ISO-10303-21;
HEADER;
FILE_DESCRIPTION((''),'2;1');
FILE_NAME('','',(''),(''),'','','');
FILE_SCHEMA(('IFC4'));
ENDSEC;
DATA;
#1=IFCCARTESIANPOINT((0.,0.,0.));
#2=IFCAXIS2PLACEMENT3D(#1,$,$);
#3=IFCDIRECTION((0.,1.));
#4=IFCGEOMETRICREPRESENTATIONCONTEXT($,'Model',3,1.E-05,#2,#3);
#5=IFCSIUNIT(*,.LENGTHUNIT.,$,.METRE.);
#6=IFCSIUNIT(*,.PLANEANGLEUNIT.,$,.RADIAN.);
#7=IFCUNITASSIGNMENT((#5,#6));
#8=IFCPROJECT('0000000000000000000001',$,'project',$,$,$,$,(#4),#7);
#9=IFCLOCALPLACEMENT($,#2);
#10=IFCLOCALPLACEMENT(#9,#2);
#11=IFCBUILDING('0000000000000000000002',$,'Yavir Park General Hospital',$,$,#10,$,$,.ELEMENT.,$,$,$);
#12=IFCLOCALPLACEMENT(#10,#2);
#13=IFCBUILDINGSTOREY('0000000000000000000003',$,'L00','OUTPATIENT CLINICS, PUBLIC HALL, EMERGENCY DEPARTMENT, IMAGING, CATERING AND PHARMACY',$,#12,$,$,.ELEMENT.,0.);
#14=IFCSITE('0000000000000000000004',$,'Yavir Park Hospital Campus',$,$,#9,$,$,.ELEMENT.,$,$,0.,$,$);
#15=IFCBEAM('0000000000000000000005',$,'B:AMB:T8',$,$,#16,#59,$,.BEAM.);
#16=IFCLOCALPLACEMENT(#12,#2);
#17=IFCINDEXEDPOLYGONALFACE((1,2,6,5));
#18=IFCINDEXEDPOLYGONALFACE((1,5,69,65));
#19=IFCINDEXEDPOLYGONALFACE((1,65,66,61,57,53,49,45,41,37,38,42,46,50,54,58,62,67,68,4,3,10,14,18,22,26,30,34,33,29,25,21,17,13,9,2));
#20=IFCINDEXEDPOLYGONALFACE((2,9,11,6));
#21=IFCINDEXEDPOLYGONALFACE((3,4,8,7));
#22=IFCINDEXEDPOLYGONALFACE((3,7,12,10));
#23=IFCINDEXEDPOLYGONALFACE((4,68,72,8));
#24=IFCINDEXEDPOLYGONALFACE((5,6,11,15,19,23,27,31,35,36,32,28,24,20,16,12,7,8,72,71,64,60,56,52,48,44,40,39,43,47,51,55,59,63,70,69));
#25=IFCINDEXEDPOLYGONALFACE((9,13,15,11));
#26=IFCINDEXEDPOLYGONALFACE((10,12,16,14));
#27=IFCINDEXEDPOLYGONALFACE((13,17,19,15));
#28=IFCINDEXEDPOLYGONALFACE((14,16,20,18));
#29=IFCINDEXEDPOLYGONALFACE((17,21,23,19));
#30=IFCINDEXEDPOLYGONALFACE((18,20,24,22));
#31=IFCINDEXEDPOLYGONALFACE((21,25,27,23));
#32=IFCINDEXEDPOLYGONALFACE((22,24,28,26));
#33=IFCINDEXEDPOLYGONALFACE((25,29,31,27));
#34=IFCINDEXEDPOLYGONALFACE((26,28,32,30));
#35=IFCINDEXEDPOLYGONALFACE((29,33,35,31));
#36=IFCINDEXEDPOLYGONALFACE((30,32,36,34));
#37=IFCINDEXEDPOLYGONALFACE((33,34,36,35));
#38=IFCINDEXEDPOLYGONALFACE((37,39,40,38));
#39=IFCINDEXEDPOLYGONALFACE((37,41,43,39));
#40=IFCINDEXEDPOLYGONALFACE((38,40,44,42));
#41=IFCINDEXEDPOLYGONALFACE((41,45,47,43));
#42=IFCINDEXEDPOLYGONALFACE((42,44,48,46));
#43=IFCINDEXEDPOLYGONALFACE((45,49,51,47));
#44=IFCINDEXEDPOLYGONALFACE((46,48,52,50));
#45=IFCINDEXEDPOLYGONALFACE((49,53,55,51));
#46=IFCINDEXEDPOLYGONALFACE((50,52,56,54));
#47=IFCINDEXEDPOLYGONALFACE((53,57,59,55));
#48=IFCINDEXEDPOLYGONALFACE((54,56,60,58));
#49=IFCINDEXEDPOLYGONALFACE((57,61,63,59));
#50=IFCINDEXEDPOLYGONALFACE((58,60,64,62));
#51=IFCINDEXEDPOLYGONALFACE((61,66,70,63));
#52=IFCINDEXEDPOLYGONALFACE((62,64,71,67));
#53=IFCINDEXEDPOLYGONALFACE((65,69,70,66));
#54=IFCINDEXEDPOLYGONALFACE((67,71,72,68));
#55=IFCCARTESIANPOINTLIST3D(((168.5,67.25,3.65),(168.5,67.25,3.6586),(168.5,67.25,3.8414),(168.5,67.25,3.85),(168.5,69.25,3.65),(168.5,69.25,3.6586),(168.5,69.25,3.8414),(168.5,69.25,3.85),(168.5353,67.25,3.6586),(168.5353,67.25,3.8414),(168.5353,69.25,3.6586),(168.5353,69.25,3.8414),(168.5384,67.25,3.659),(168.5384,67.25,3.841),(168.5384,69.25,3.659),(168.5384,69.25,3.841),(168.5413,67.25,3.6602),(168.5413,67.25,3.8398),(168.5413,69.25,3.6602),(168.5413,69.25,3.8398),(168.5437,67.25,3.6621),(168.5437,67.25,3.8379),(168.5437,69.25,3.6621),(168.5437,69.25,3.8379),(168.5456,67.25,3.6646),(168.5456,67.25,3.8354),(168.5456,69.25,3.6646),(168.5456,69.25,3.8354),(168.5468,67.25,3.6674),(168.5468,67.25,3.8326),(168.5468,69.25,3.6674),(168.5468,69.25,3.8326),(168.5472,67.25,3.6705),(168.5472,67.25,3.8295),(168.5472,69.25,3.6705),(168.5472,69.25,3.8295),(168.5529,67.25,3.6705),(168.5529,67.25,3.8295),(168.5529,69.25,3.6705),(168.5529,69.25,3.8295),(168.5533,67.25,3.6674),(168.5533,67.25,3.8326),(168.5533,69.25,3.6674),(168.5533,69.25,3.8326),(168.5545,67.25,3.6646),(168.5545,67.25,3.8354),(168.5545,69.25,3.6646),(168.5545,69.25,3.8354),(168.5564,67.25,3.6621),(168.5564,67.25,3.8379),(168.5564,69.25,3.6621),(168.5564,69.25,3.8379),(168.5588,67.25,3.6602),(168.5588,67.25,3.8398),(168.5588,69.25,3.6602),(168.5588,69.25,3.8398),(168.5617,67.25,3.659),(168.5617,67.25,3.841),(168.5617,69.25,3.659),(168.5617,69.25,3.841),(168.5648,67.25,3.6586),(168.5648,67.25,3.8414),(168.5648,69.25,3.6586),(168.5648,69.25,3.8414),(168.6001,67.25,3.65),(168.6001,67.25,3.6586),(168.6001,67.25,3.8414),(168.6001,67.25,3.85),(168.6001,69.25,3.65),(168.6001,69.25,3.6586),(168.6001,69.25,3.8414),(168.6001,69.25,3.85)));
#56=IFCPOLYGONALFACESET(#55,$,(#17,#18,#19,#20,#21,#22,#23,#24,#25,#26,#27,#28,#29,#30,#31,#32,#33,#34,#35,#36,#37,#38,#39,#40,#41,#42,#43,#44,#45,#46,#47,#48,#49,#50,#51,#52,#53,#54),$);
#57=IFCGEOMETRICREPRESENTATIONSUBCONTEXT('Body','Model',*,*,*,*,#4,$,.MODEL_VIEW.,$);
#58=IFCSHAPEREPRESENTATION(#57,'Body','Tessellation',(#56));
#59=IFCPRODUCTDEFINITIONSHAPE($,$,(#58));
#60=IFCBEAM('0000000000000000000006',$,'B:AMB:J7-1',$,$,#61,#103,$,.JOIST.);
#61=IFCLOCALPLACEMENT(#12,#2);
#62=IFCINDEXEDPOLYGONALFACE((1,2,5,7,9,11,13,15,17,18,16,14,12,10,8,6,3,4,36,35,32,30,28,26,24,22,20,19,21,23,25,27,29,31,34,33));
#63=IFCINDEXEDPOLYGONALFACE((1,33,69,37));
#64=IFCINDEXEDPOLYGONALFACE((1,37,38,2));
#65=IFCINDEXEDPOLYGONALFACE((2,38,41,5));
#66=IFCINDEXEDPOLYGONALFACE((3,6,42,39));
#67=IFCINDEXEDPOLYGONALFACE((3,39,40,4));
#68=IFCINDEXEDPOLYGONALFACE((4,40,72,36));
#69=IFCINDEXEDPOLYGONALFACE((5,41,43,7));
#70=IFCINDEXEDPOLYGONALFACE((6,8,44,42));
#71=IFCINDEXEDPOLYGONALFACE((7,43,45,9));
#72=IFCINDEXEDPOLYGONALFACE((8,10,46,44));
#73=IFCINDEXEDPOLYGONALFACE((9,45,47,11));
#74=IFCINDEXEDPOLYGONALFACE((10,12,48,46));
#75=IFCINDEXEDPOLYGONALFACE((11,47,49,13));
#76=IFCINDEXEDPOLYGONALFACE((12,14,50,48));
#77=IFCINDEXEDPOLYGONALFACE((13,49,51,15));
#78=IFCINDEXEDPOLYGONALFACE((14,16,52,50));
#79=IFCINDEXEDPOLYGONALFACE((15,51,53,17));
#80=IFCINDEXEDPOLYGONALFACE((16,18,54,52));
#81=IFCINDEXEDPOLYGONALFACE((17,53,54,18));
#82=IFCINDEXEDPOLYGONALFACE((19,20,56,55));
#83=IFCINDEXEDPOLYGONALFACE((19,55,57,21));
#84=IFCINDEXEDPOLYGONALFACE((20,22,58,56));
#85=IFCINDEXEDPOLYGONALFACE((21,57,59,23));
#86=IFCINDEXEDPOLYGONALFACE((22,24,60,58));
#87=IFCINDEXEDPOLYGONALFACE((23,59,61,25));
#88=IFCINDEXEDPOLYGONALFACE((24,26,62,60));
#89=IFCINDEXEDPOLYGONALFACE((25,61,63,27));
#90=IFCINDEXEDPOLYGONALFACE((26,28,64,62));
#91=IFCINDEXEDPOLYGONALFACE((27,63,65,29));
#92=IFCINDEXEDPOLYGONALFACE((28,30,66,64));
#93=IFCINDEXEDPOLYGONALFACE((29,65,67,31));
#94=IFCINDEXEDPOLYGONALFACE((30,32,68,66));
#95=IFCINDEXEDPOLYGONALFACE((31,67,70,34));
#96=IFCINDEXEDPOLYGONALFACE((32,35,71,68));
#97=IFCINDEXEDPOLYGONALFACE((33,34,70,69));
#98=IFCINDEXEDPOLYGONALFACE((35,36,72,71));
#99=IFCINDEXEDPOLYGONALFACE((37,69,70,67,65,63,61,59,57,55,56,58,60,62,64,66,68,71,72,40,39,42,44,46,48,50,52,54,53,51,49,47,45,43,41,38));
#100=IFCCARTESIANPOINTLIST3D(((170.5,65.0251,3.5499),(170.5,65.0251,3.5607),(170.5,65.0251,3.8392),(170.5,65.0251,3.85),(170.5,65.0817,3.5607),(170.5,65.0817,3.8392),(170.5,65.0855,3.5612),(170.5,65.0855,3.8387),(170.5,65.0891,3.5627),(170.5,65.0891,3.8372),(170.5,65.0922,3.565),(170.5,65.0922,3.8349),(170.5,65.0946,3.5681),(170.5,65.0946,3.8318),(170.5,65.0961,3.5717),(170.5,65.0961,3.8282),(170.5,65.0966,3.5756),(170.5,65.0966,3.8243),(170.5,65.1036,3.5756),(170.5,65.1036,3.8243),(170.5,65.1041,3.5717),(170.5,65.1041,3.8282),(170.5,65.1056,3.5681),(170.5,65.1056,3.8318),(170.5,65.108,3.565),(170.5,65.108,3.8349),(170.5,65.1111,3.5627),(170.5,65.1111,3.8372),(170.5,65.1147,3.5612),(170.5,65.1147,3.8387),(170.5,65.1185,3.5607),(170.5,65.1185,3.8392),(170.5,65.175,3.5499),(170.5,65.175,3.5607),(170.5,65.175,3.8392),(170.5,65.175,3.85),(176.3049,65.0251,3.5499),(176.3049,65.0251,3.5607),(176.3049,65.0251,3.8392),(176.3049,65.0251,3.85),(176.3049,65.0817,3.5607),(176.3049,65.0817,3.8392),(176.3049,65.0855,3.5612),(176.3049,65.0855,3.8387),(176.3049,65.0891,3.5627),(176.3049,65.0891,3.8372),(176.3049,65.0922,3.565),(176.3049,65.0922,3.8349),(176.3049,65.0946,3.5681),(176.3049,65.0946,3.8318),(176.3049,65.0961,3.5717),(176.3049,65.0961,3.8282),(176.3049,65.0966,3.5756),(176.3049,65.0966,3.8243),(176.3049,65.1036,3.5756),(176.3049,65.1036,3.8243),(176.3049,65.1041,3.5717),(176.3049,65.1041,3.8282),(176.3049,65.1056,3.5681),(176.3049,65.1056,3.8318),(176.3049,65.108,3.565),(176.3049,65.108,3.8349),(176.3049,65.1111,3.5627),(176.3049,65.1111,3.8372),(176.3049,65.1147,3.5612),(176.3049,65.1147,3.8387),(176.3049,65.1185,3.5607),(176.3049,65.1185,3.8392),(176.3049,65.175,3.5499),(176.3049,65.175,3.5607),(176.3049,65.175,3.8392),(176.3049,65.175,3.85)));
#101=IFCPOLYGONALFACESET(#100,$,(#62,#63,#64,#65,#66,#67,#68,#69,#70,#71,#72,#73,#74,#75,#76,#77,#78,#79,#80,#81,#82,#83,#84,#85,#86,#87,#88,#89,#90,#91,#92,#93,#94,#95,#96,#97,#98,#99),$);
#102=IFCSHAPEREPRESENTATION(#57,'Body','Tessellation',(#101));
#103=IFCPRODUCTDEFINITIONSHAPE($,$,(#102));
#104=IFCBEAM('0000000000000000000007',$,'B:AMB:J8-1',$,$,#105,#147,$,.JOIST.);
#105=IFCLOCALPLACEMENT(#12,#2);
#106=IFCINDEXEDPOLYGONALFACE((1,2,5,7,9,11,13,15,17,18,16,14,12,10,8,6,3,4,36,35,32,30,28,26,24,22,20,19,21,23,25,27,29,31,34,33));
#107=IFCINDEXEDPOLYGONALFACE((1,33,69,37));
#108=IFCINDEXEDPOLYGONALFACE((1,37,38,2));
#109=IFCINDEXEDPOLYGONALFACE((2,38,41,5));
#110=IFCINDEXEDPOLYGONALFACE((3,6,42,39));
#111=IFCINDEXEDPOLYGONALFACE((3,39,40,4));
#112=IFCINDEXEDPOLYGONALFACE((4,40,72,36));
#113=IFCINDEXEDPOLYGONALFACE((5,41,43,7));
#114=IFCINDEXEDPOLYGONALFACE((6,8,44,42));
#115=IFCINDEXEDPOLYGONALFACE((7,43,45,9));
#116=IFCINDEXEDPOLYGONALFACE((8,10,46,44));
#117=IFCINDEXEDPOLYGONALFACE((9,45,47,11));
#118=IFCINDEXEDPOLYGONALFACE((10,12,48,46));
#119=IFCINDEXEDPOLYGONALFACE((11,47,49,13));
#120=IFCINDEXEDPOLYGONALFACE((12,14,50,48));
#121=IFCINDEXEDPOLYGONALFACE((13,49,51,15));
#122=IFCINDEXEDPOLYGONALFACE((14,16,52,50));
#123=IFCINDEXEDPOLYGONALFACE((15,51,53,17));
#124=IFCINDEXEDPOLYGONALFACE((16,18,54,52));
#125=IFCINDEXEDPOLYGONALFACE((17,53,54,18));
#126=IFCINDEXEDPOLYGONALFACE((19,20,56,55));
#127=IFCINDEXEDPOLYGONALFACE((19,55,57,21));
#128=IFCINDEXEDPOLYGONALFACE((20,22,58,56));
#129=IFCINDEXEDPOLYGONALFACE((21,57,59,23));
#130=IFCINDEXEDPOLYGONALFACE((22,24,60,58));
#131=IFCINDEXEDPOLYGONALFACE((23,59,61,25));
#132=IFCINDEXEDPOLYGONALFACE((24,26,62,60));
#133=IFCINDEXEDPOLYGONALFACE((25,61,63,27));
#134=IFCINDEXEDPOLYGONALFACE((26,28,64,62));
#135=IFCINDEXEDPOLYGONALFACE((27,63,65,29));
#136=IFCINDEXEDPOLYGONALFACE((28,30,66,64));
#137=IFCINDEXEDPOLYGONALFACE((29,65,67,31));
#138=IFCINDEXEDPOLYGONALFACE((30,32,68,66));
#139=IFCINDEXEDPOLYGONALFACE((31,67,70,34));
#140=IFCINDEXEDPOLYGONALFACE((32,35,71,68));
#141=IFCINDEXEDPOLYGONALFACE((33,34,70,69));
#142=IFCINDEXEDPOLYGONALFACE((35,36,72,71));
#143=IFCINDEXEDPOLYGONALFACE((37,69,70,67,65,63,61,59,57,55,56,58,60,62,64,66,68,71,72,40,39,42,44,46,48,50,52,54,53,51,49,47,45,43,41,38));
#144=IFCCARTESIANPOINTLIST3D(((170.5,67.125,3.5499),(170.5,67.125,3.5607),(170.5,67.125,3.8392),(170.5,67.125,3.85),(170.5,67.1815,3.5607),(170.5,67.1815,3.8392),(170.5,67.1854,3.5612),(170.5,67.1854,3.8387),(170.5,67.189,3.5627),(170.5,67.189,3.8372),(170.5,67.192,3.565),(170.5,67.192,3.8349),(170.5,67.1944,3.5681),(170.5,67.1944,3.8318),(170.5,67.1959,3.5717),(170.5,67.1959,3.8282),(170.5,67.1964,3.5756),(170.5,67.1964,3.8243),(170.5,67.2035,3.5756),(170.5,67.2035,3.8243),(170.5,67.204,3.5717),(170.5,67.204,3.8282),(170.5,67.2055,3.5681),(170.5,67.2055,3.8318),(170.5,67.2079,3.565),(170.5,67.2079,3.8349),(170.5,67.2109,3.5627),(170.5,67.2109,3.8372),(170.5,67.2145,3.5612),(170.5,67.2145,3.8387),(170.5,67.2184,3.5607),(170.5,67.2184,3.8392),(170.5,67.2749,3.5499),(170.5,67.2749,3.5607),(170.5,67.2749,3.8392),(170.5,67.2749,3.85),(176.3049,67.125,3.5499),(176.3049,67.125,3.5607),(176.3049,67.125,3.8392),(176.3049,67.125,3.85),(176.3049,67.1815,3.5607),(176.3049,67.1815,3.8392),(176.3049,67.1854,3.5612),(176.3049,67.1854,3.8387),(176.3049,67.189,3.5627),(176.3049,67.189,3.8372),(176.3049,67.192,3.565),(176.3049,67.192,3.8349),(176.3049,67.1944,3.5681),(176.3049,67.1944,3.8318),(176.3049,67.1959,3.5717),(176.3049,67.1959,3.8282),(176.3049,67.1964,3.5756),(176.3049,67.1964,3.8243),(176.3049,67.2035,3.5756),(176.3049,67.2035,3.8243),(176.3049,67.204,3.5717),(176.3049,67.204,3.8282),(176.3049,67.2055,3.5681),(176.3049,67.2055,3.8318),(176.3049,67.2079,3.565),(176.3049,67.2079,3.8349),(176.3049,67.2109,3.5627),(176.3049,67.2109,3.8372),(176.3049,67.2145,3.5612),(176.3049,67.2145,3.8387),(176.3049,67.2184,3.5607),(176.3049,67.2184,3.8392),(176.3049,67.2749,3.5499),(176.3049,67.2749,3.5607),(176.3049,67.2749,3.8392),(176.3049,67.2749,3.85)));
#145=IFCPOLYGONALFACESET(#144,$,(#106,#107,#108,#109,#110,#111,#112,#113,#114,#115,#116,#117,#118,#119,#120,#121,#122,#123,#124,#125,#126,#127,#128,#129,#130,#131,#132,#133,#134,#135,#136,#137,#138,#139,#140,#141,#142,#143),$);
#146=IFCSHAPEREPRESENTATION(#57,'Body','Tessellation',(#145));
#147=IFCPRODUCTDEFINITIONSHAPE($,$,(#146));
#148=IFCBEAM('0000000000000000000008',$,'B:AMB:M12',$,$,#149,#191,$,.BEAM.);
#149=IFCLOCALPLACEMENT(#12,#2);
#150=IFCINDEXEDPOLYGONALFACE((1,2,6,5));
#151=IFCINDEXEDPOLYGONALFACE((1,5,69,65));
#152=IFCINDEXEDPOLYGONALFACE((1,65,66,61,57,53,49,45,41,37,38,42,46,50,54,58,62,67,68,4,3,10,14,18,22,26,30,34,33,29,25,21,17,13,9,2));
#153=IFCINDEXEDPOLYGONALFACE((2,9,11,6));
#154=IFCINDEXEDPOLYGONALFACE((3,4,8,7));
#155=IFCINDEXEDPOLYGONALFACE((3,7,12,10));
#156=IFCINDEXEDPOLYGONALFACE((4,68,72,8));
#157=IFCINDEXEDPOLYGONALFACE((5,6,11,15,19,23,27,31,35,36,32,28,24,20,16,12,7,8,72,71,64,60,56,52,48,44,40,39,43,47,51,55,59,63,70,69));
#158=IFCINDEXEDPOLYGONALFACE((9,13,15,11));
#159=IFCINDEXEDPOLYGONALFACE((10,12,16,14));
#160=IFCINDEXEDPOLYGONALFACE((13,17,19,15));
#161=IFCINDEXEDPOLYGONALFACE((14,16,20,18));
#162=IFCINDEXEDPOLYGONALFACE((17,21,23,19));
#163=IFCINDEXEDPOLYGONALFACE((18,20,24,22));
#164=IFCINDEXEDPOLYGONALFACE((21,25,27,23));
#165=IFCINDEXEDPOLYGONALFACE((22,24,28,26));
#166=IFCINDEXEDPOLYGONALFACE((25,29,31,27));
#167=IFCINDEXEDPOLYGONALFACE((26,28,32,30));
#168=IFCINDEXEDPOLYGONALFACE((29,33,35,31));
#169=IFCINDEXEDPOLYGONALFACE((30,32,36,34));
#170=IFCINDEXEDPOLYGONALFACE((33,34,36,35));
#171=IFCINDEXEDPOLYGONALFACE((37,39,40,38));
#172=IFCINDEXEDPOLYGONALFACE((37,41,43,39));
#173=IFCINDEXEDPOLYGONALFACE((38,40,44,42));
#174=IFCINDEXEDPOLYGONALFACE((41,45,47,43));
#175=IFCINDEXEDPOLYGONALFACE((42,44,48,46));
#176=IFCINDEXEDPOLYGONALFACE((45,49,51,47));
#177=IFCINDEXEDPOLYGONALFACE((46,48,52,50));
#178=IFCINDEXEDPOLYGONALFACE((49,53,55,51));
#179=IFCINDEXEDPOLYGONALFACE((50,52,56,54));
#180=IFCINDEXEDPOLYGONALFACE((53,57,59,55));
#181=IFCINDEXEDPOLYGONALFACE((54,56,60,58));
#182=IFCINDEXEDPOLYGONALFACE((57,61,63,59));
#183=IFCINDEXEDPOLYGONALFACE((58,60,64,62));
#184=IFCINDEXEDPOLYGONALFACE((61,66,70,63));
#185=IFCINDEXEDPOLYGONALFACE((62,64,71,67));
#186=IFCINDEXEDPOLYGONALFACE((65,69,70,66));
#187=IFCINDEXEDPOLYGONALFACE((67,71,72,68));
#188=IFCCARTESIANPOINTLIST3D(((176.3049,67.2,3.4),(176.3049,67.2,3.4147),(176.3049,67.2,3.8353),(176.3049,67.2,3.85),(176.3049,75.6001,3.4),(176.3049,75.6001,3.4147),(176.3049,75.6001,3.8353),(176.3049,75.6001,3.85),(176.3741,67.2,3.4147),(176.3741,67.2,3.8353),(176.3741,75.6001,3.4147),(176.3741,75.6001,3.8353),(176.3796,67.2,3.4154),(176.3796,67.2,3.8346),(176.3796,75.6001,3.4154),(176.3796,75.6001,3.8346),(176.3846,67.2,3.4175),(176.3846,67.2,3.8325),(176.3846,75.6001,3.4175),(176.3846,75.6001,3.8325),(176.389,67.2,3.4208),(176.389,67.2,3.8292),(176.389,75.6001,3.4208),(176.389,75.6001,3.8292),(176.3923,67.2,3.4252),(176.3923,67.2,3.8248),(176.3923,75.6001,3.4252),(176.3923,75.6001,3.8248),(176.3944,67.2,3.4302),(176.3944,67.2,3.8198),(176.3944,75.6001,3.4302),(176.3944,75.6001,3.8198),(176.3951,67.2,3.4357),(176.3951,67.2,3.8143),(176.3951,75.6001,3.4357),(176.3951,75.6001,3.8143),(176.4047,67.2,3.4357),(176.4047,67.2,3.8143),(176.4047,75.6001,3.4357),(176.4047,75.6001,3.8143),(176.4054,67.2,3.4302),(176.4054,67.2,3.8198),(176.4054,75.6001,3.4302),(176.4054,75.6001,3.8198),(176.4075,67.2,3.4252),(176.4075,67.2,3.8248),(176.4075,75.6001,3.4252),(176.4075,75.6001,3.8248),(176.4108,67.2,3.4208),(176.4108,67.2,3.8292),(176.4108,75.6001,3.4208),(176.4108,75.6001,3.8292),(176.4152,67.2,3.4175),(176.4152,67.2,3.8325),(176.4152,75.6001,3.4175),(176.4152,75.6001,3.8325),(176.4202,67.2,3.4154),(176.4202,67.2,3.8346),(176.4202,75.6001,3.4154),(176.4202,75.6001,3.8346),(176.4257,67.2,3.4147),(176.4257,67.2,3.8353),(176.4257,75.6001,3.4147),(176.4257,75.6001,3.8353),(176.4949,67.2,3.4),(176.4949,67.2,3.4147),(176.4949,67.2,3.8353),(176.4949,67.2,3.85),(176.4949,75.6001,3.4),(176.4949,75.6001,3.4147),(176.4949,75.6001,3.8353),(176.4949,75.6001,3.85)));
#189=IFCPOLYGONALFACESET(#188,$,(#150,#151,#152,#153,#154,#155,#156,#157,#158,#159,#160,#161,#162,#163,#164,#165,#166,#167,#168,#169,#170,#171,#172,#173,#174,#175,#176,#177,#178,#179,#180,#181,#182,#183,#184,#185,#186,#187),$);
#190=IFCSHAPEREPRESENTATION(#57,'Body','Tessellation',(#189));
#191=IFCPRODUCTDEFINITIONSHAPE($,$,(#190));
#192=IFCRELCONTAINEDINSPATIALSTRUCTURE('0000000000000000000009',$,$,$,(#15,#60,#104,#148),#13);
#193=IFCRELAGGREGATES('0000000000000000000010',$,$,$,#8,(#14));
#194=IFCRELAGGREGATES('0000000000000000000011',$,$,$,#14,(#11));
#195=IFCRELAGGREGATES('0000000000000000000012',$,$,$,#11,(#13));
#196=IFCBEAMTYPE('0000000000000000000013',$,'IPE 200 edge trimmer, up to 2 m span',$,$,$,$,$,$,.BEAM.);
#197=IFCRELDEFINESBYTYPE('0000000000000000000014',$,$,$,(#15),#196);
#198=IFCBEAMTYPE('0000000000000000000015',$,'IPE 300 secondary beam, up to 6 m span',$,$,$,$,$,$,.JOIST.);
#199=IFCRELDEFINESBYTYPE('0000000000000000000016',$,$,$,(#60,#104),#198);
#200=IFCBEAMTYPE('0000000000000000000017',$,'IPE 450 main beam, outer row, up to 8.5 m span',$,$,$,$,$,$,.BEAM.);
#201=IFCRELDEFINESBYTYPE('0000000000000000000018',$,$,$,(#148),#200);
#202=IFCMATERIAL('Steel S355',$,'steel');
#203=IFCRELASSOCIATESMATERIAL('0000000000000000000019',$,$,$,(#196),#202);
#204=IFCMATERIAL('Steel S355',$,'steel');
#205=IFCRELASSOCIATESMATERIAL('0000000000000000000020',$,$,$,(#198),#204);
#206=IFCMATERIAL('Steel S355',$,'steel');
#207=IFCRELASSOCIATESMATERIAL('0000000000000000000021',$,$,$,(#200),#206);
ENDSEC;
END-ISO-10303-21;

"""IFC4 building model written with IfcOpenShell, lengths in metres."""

from ifc_helpers import new_model, si_unit, direction, frame, origin, origin_2d, place, context, subcontext, project, spatial, i_section, extrude, material, material_profile, profile_set, type_object, element, save


model = new_model("IFC4")

# Units and contexts
model_context = context("Model", 3, precision=1e-05, world=origin(), true_north=direction((0.0, 1.0)))
body_context = subcontext(model_context, "Body", "Model", "MODEL_VIEW")
ifc_project = project(units=[si_unit("LENGTHUNIT", "METRE"), si_unit("PLANEANGLEUNIT", "RADIAN")], contexts=[model_context])

# Site, building, storey
site_placement = place(None, origin())
site = spatial("IfcSite", under=ifc_project, at=site_placement, Name="Yavir Park Hospital Campus", CompositionType="ELEMENT", RefElevation=0.0)
building_placement = place(site_placement, origin())
building = spatial("IfcBuilding", under=site, at=building_placement, Name="Yavir Park General Hospital", CompositionType="ELEMENT")
storey_placement = place(building_placement, origin())
storey = spatial("IfcBuildingStorey", under=building, at=storey_placement, Name="L00", Description="OUTPATIENT CLINICS, PUBLIC HALL, EMERGENCY DEPARTMENT, IMAGING, CATERING AND PHARMACY", CompositionType="ELEMENT", Elevation=0.0)

# Beams
ifc_material_1 = material(Name="Steel S355", Category="steel")
ifc_material_profile_1 = material_profile(ifc_material_1, i_section(OverallWidth=0.1001, OverallDepth=0.2, WebThickness=0.0056, FlangeThickness=0.0085, FilletRadius=0.012, at=origin_2d()), Name="IPE200")
ifc_profile_set_1 = profile_set([ifc_material_profile_1], Name="Steel S355")
beam_type_1 = type_object("IfcBeamType", Name="IPE 200 edge trimmer, up to 2 m span", PredefinedType="BEAM", material=ifc_profile_set_1)
for number, where, z_axis, x_axis, name in (
    (1, (168.55, 67.25, 3.75), (0.0, 1.0, 0.0), (-1.0, 0.0, 0.0), "B:AMB:T8"),
):
    element("IfcBeam", number, at=place(storey_placement, frame(where, z_axis=z_axis, x_axis=x_axis)), inside=storey, type_object=beam_type_1, Name=name, PredefinedType="BEAM", context=body_context, shape_type="SweptSolid", body=[
        extrude(i_section(OverallWidth=0.1001, OverallDepth=0.2, WebThickness=0.0056, FlangeThickness=0.0085, FilletRadius=0.012, at=origin_2d()), origin(), (0.0, 0.0, 1.0), 2.0),
    ])
ifc_material_2 = material(Name="Steel S355", Category="steel")
ifc_material_profile_2 = material_profile(ifc_material_2, i_section(OverallWidth=0.1499, OverallDepth=0.3, WebThickness=0.0071, FlangeThickness=0.0107, FilletRadius=0.0149, at=origin_2d()), Name="IPE300")
ifc_profile_set_2 = profile_set([ifc_material_profile_2], Name="Steel S355")
beam_type_2 = type_object("IfcBeamType", Name="IPE 300 secondary beam, up to 6 m span", PredefinedType="JOIST", material=ifc_profile_set_2)
for number, where, z_axis, x_axis, name in (
    (2, (170.5, 65.1001, 3.7), (1.0, 0.0, 0.0), (0.0, 1.0, 0.0), "B:AMB:J7-1"),
    (3, (170.5, 67.2, 3.7), (1.0, 0.0, 0.0), (0.0, 1.0, 0.0), "B:AMB:J8-1"),
):
    element("IfcBeam", number, at=place(storey_placement, frame(where, z_axis=z_axis, x_axis=x_axis)), inside=storey, type_object=beam_type_2, Name=name, PredefinedType="JOIST", context=body_context, shape_type="SweptSolid", body=[
        extrude(i_section(OverallWidth=0.1499, OverallDepth=0.3, WebThickness=0.0071, FlangeThickness=0.0107, FilletRadius=0.0149, at=origin_2d()), origin(), (0.0, 0.0, 1.0), 5.8049),
    ])
ifc_material_3 = material(Name="Steel S355", Category="steel")
ifc_material_profile_3 = material_profile(ifc_material_3, i_section(OverallWidth=0.1899, OverallDepth=0.45, WebThickness=0.0095, FlangeThickness=0.0146, FilletRadius=0.021, at=origin_2d()), Name="IPE450")
ifc_profile_set_3 = profile_set([ifc_material_profile_3], Name="Steel S355")
beam_type_3 = type_object("IfcBeamType", Name="IPE 450 main beam, outer row, up to 8.5 m span", PredefinedType="BEAM", material=ifc_profile_set_3)
beam_1_placement = place(storey_placement, frame((176.3999, 67.2, 3.625), z_axis=(0.0, 1.0, 0.0), x_axis=(-1.0, 0.0, 0.0)))
element("IfcBeam", 4, at=beam_1_placement, inside=storey, type_object=beam_type_3, Name="B:AMB:M12", PredefinedType="BEAM", context=body_context, shape_type="SweptSolid", body=[
    extrude(i_section(OverallWidth=0.1899, OverallDepth=0.45, WebThickness=0.0095, FlangeThickness=0.0146, FilletRadius=0.021, at=origin_2d()), origin(), (0.0, 0.0, 1.0), 8.4001),
])

save(model, "model.ifc")
